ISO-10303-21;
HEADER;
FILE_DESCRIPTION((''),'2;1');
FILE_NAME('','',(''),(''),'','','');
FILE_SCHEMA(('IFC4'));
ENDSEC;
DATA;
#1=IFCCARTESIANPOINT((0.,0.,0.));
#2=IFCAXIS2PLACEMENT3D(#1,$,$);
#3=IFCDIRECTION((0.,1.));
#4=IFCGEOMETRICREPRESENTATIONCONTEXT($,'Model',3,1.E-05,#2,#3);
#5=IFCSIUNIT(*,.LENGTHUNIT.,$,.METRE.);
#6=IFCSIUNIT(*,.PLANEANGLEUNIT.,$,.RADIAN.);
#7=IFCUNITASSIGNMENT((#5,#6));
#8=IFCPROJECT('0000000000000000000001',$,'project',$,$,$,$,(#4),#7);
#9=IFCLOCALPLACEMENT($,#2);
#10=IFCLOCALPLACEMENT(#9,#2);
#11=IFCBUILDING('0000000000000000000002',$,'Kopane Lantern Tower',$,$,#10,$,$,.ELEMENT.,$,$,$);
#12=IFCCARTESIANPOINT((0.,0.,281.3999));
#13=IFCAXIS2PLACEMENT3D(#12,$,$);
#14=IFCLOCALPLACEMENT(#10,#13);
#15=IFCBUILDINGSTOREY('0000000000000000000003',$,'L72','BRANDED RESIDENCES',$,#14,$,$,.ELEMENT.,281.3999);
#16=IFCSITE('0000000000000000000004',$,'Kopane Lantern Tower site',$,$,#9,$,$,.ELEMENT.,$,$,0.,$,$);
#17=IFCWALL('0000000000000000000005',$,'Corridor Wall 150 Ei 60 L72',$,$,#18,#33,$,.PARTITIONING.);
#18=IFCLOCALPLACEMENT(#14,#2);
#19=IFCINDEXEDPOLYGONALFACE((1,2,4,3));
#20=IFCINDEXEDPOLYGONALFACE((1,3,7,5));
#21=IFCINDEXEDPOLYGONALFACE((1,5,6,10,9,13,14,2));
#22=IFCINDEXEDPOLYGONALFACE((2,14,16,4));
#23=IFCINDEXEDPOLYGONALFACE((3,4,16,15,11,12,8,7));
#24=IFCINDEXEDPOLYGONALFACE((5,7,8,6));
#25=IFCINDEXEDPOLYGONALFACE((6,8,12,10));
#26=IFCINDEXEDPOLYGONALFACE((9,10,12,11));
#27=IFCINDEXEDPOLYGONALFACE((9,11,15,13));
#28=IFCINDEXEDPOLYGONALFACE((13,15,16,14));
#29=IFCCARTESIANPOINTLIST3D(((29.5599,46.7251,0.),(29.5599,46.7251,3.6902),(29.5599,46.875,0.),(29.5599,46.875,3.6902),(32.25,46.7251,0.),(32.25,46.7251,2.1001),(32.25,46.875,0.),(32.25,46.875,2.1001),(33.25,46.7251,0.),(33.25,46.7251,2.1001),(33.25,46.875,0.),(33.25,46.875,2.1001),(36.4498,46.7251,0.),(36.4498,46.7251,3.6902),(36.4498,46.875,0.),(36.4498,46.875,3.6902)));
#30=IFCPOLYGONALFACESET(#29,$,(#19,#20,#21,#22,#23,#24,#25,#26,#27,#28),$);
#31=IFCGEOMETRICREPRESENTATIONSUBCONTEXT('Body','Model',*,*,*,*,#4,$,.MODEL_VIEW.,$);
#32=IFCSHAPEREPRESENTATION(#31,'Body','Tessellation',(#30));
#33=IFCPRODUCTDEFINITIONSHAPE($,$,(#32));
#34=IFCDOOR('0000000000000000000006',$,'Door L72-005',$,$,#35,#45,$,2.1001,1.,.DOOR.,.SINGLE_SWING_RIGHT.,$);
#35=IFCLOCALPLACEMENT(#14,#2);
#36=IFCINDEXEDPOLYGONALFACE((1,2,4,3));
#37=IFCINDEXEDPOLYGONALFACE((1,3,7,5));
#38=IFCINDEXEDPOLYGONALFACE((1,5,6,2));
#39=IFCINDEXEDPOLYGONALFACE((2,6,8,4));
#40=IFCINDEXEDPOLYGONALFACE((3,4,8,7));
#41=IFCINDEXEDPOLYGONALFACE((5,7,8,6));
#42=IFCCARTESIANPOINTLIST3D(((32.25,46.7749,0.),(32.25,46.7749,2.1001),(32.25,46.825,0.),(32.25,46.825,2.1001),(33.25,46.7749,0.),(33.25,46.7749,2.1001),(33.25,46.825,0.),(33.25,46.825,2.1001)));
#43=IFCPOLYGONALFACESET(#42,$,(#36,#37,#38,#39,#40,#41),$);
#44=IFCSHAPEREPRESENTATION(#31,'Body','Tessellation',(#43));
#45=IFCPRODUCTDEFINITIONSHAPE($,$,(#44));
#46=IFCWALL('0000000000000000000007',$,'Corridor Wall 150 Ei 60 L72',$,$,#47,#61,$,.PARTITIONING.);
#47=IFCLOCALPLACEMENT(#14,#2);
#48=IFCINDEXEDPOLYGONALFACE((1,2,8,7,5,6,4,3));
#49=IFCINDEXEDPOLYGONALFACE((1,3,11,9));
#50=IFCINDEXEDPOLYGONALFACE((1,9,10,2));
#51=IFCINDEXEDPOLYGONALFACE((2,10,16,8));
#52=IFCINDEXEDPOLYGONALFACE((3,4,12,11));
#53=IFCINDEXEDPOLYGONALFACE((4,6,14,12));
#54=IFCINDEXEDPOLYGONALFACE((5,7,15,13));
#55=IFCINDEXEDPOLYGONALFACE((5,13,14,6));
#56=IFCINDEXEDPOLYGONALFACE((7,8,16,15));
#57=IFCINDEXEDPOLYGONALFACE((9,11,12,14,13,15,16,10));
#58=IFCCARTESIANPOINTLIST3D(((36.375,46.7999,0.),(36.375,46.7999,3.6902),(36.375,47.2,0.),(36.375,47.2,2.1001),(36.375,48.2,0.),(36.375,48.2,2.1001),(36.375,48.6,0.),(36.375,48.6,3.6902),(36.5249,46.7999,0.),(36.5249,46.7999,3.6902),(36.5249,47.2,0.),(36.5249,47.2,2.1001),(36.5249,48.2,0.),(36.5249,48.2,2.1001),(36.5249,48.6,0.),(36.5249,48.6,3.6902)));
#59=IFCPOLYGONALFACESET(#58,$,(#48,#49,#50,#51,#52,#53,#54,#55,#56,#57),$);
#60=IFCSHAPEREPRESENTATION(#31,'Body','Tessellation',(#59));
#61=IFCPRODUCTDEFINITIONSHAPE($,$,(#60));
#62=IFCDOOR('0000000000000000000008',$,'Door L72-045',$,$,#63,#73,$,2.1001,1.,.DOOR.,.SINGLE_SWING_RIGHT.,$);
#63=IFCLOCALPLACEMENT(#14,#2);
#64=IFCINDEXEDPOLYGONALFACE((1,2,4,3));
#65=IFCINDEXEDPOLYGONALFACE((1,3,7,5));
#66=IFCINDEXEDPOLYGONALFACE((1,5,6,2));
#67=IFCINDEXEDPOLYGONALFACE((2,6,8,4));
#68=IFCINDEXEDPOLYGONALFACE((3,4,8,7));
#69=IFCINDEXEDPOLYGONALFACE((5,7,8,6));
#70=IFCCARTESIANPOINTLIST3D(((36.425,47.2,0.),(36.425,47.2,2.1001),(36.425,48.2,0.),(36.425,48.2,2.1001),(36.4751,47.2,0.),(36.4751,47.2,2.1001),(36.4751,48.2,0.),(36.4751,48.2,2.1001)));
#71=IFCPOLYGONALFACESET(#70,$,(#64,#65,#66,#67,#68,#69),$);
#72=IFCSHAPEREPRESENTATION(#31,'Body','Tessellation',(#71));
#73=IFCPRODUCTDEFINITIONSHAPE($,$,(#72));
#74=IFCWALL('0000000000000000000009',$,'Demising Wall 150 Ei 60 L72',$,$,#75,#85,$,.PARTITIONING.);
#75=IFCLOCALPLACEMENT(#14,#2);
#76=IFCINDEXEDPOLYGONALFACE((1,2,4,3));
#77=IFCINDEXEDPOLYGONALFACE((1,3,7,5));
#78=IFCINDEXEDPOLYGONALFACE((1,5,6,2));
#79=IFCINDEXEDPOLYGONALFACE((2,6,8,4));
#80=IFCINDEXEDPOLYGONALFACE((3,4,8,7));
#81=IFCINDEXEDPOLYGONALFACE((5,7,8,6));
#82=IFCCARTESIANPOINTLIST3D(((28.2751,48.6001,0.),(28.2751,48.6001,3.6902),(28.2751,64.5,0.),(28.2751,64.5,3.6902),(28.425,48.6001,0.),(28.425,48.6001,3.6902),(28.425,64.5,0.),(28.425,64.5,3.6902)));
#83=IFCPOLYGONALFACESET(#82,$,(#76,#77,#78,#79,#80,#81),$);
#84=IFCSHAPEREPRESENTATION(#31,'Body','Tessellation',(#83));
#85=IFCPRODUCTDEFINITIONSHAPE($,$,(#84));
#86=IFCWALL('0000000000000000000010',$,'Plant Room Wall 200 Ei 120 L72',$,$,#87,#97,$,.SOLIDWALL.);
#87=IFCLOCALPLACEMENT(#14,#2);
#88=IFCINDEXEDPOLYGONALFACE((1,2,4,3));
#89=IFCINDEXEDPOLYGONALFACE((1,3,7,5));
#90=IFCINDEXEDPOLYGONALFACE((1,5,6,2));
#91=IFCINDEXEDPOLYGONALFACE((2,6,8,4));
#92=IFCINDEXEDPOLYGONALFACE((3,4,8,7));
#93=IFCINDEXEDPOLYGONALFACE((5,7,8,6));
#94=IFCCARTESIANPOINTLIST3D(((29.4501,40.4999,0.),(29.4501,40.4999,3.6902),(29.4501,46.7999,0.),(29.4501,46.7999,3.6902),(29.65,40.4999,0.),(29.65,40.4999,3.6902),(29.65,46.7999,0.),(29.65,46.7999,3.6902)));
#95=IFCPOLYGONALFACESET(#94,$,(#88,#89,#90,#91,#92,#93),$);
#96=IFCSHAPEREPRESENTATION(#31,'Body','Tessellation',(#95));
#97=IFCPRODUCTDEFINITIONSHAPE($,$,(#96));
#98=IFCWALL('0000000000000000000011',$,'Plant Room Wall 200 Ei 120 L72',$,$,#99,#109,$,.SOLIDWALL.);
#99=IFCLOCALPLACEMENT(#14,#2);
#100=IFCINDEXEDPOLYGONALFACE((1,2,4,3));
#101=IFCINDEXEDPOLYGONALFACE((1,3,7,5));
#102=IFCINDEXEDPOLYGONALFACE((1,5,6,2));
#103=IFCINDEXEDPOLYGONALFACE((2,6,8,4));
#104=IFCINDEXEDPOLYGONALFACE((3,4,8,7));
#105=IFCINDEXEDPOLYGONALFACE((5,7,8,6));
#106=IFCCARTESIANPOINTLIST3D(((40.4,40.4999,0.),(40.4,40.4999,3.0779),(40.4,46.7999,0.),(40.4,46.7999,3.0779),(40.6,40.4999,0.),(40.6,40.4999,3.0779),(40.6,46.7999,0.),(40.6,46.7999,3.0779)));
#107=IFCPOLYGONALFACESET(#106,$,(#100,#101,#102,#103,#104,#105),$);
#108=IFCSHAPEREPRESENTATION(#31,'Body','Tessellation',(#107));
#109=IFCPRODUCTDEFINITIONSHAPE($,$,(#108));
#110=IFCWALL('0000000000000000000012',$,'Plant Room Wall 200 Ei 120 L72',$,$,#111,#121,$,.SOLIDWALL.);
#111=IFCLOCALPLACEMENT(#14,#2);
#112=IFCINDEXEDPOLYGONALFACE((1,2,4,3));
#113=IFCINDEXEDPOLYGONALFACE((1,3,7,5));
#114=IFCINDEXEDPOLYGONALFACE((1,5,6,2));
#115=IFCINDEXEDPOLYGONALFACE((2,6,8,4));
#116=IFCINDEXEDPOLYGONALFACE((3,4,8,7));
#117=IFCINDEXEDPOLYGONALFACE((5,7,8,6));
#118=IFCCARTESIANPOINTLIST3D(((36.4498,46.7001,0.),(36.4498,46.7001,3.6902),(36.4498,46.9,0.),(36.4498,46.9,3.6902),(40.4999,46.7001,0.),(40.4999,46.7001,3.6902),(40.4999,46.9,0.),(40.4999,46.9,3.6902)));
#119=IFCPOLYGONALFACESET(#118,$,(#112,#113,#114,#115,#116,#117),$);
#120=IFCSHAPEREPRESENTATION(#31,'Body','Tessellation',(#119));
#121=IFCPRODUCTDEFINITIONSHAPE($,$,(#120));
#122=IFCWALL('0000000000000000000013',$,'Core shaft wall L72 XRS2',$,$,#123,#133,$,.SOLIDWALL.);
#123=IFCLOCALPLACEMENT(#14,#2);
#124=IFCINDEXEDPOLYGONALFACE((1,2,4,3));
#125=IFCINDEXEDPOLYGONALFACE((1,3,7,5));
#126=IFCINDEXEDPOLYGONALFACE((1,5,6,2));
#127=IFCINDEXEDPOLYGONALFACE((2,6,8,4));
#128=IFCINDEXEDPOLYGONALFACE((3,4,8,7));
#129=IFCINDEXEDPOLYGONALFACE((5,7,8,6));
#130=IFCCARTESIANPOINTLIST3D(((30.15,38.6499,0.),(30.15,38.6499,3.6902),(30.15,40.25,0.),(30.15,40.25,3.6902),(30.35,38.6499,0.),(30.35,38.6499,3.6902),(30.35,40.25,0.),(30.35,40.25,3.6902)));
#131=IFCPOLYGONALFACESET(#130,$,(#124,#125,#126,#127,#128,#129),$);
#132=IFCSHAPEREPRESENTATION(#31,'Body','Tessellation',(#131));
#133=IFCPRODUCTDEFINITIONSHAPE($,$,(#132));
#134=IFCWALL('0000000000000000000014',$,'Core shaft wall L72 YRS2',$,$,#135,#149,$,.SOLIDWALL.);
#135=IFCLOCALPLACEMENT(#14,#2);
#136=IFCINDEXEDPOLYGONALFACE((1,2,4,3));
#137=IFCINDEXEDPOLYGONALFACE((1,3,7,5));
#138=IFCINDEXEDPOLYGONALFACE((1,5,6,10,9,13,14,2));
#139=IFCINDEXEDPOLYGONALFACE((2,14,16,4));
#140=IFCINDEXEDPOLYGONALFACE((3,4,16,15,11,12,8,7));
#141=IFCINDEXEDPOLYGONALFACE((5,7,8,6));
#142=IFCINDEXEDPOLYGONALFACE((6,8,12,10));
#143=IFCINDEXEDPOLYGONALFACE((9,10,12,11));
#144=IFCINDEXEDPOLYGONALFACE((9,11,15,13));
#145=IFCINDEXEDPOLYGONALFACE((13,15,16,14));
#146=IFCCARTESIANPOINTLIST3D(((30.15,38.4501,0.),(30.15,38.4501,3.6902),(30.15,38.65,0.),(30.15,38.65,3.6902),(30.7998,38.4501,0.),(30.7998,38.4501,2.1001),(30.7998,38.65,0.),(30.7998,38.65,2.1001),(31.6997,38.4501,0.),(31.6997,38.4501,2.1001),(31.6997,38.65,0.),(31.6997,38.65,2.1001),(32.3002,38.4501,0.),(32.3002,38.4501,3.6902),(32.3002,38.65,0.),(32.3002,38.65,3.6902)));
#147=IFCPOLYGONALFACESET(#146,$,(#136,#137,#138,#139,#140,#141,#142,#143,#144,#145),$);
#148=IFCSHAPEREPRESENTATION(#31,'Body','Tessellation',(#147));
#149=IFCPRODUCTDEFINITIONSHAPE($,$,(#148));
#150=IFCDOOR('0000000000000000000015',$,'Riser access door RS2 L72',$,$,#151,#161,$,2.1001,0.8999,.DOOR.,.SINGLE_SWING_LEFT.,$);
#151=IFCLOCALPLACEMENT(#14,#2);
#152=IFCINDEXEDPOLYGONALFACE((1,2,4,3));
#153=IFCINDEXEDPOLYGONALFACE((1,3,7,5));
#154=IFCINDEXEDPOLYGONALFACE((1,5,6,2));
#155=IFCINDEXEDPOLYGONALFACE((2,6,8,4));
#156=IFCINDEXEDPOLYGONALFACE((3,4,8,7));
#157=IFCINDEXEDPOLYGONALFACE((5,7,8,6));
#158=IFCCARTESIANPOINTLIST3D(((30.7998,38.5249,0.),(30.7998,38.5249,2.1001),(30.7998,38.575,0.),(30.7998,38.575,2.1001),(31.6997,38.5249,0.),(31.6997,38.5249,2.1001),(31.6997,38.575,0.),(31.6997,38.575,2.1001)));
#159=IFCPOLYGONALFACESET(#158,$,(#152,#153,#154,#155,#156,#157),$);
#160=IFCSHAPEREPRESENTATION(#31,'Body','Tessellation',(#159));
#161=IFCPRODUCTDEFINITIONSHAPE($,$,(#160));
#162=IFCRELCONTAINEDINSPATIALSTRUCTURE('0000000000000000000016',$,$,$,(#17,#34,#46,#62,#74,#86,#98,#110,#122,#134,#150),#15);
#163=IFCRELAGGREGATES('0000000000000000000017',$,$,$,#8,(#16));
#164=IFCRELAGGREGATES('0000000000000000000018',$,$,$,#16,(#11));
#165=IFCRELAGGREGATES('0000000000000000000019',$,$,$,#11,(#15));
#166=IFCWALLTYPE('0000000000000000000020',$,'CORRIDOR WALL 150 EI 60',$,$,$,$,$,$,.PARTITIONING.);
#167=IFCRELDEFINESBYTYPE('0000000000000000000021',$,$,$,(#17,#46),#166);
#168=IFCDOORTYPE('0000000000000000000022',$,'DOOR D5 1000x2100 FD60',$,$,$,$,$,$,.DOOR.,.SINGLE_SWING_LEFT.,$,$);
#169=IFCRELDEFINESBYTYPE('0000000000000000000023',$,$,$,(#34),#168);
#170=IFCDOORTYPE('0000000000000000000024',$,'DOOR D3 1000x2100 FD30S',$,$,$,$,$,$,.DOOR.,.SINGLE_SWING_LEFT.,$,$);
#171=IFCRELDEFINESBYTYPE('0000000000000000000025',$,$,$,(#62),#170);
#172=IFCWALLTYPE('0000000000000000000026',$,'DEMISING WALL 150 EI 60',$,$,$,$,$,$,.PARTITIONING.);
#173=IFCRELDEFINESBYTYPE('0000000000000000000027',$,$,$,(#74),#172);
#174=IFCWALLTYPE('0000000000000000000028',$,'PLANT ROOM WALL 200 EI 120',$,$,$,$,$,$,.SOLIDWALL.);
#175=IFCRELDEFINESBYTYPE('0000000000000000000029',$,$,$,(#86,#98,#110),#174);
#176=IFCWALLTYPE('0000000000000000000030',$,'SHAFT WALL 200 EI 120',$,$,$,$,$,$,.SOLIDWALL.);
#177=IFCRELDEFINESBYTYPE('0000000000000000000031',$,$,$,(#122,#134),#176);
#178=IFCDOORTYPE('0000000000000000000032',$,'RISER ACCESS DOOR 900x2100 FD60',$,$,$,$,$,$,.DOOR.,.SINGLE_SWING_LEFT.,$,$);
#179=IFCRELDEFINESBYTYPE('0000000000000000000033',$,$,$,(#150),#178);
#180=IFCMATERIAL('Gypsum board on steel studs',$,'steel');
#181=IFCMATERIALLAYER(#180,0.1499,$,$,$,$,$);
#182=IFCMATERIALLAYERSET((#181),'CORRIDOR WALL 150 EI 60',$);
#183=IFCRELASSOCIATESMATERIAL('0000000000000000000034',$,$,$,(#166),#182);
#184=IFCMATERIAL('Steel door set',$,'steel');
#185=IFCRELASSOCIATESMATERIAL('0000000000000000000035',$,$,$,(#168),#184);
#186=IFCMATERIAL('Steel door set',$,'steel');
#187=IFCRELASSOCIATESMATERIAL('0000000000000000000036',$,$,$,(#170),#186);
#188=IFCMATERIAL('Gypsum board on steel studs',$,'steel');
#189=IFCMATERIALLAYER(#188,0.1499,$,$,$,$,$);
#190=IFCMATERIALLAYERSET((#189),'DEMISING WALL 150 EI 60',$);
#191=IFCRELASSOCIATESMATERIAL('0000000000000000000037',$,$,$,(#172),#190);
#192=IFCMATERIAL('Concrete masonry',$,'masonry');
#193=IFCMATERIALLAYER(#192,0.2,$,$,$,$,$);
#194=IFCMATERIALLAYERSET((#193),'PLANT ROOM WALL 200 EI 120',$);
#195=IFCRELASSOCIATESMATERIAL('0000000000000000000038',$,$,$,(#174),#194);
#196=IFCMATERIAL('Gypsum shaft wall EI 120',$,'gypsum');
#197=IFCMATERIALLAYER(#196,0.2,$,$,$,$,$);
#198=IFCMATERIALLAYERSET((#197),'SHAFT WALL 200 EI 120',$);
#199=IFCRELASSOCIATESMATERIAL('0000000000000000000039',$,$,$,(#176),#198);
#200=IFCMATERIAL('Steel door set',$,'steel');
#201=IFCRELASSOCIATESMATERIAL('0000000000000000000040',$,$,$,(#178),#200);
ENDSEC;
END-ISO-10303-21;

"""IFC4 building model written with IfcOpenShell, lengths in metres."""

from ifc_helpers import new_model, si_unit, direction, frame, frame_2d, origin, place, context, subcontext, project, spatial, rectangle, extrude, material, layer, layer_set, type_object, element, fill, save


model = new_model("IFC4")

# Units and contexts
model_context = context("Model", 3, precision=1e-05, world=origin(), true_north=direction((0.0, 1.0)))
body_context = subcontext(model_context, "Body", "Model", "MODEL_VIEW")
ifc_project = project(units=[si_unit("LENGTHUNIT", "METRE"), si_unit("PLANEANGLEUNIT", "RADIAN")], contexts=[model_context])

# Site, building, storey
site_placement = place(None, origin())
site = spatial("IfcSite", under=ifc_project, at=site_placement, Name="Kopane Lantern Tower site", CompositionType="ELEMENT", RefElevation=0.0)
building_placement = place(site_placement, origin())
building = spatial("IfcBuilding", under=site, at=building_placement, Name="Kopane Lantern Tower", CompositionType="ELEMENT")
storey_placement = place(building_placement, frame((0.0, 0.0, 281.3999)))
storey = spatial("IfcBuildingStorey", under=building, at=storey_placement, Name="L72", Description="BRANDED RESIDENCES", CompositionType="ELEMENT", Elevation=281.3999)

# Walls, openings, doors
ifc_material_1 = material(Name="Gypsum board on steel studs", Category="steel")
ifc_layer_1 = layer(ifc_material_1, 0.1499)
ifc_layer_set_1 = layer_set([ifc_layer_1], Name="CORRIDOR WALL 150 EI 60")
wall_type_1 = type_object("IfcWallType", Name="CORRIDOR WALL 150 EI 60", PredefinedType="PARTITIONING", material=ifc_layer_set_1)
wall_1_placement = place(storey_placement, frame((29.5601, 46.8, 0.0), z_axis=(0.0, 0.0, 1.0), x_axis=(1.0, 0.0, 0.0)))
wall_1 = element("IfcWall", 1, at=wall_1_placement, inside=storey, type_object=wall_type_1, Name="Corridor Wall 150 Ei 60 L72", PredefinedType="PARTITIONING", context=body_context, shape_type="SweptSolid", body=[
    extrude(rectangle(XDim=6.8899, YDim=0.1499, at=frame_2d((3.4448, 0.0))), origin(), (0.0, 0.0, 1.0), 3.6902),
])
opening_1_placement = place(wall_1_placement, frame((2.6899, 0.0, 0.0)))
opening_1 = element("IfcOpeningElement", 2, at=opening_1_placement, cuts=wall_1, PredefinedType="OPENING", context=body_context, shape_type="SweptSolid", body=[
    extrude(rectangle(XDim=1.0, YDim=2.1001, at=frame_2d((0.5, 1.05))), frame((0.0, 0.085, 0.0), z_axis=(0.0, -1.0, 0.0), x_axis=(1.0, 0.0, 0.0)), (0.0, 0.0, 1.0), 0.1699),
])
ifc_material_2 = material(Name="Steel door set", Category="steel")
door_type_1 = type_object("IfcDoorType", Name="DOOR D5 1000x2100 FD60", OperationType="SINGLE_SWING_LEFT", PredefinedType="DOOR", material=ifc_material_2)
door_1_placement = place(opening_1_placement, origin())
door_1 = element("IfcDoor", 3, at=door_1_placement, inside=storey, type_object=door_type_1, Name="Door L72-005", OperationType="SINGLE_SWING_RIGHT", OverallHeight=2.1001, OverallWidth=1.0, PredefinedType="DOOR", context=body_context, shape_type="SweptSolid", body=[
    extrude(rectangle(XDim=1.0, YDim=2.1001, at=frame_2d((0.5, 1.05))), frame((0.0, 0.0249, 0.0), z_axis=(0.0, -1.0, 0.0), x_axis=(1.0, 0.0, 0.0)), (0.0, 0.0, 1.0), 0.05),
])
fill(opening_1, door_1)
wall_2_placement = place(storey_placement, frame((36.45, 46.8, 0.0), z_axis=(0.0, 0.0, 1.0), x_axis=(0.0, 1.0, 0.0)))
wall_2 = element("IfcWall", 4, at=wall_2_placement, inside=storey, type_object=wall_type_1, Name="Corridor Wall 150 Ei 60 L72", PredefinedType="PARTITIONING", context=body_context, shape_type="SweptSolid", body=[
    extrude(rectangle(XDim=1.8, YDim=0.1499, at=frame_2d((0.8999, 0.0))), origin(), (0.0, 0.0, 1.0), 3.6902),
])
opening_2_placement = place(wall_2_placement, frame((0.3999, 0.0, 0.0)))
opening_2 = element("IfcOpeningElement", 5, at=opening_2_placement, cuts=wall_2, PredefinedType="OPENING", context=body_context, shape_type="SweptSolid", body=[
    extrude(rectangle(XDim=1.0, YDim=2.1001, at=frame_2d((0.5, 1.05))), frame((0.0, 0.085, 0.0), z_axis=(0.0, -1.0, 0.0), x_axis=(1.0, 0.0, 0.0)), (0.0, 0.0, 1.0), 0.1699),
])
ifc_material_3 = material(Name="Steel door set", Category="steel")
door_type_2 = type_object("IfcDoorType", Name="DOOR D3 1000x2100 FD30S", OperationType="SINGLE_SWING_LEFT", PredefinedType="DOOR", material=ifc_material_3)
door_2_placement = place(opening_2_placement, origin())
door_2 = element("IfcDoor", 6, at=door_2_placement, inside=storey, type_object=door_type_2, Name="Door L72-045", OperationType="SINGLE_SWING_RIGHT", OverallHeight=2.1001, OverallWidth=1.0, PredefinedType="DOOR", context=body_context, shape_type="SweptSolid", body=[
    extrude(rectangle(XDim=1.0, YDim=2.1001, at=frame_2d((0.5, 1.05))), frame((0.0, 0.0249, 0.0), z_axis=(0.0, -1.0, 0.0), x_axis=(1.0, 0.0, 0.0)), (0.0, 0.0, 1.0), 0.05),
])
fill(opening_2, door_2)

# Walls
ifc_material_4 = material(Name="Gypsum board on steel studs", Category="steel")
ifc_layer_2 = layer(ifc_material_4, 0.1499)
ifc_layer_set_2 = layer_set([ifc_layer_2], Name="DEMISING WALL 150 EI 60")
wall_type_2 = type_object("IfcWallType", Name="DEMISING WALL 150 EI 60", PredefinedType="PARTITIONING", material=ifc_layer_set_2)
wall_3_placement = place(storey_placement, frame((28.3501, 48.6001, 0.0), z_axis=(0.0, 0.0, 1.0), x_axis=(0.0, 1.0, 0.0)))
element("IfcWall", 7, at=wall_3_placement, inside=storey, type_object=wall_type_2, Name="Demising Wall 150 Ei 60 L72", PredefinedType="PARTITIONING", context=body_context, shape_type="SweptSolid", body=[
    extrude(rectangle(XDim=15.8999, YDim=0.1499, at=frame_2d((7.95, 0.0))), origin(), (0.0, 0.0, 1.0), 3.6902),
])
ifc_material_5 = material(Name="Concrete masonry", Category="masonry")
ifc_layer_3 = layer(ifc_material_5, 0.2)
ifc_layer_set_3 = layer_set([ifc_layer_3], Name="PLANT ROOM WALL 200 EI 120")
wall_type_3 = type_object("IfcWallType", Name="PLANT ROOM WALL 200 EI 120", PredefinedType="SOLIDWALL", material=ifc_layer_set_3)
wall_4_placement = place(storey_placement, frame((29.55, 40.5, 0.0), z_axis=(0.0, 0.0, 1.0), x_axis=(0.0, 1.0, 0.0)))
element("IfcWall", 8, at=wall_4_placement, inside=storey, type_object=wall_type_3, Name="Plant Room Wall 200 Ei 120 L72", PredefinedType="SOLIDWALL", context=body_context, shape_type="SweptSolid", body=[
    extrude(rectangle(XDim=6.3, YDim=0.2, at=frame_2d((3.1499, 0.0))), origin(), (0.0, 0.0, 1.0), 3.6902),
])
wall_5_placement = place(storey_placement, frame((40.5, 40.5, 0.0), z_axis=(0.0, 0.0, 1.0), x_axis=(0.0, 1.0, 0.0)))
element("IfcWall", 9, at=wall_5_placement, inside=storey, type_object=wall_type_3, Name="Plant Room Wall 200 Ei 120 L72", PredefinedType="SOLIDWALL", context=body_context, shape_type="SweptSolid", body=[
    extrude(rectangle(XDim=6.3, YDim=0.2, at=frame_2d((3.1499, 0.0))), origin(), (0.0, 0.0, 1.0), 3.0779),
])
wall_6_placement = place(storey_placement, frame((36.45, 46.8, 0.0), z_axis=(0.0, 0.0, 1.0), x_axis=(1.0, 0.0, 0.0)))
element("IfcWall", 10, at=wall_6_placement, inside=storey, type_object=wall_type_3, Name="Plant Room Wall 200 Ei 120 L72", PredefinedType="SOLIDWALL", context=body_context, shape_type="SweptSolid", body=[
    extrude(rectangle(XDim=4.05, YDim=0.2, at=frame_2d((2.0249, 0.0))), origin(), (0.0, 0.0, 1.0), 3.6902),
])
ifc_material_6 = material(Name="Gypsum shaft wall EI 120", Category="gypsum")
ifc_layer_4 = layer(ifc_material_6, 0.2)
ifc_layer_set_4 = layer_set([ifc_layer_4], Name="SHAFT WALL 200 EI 120")
wall_type_4 = type_object("IfcWallType", Name="SHAFT WALL 200 EI 120", PredefinedType="SOLIDWALL", material=ifc_layer_set_4)
wall_7_placement = place(storey_placement, frame((30.25, 38.6499, 0.0), z_axis=(0.0, 0.0, 1.0), x_axis=(0.0, 1.0, 0.0)))
element("IfcWall", 11, at=wall_7_placement, inside=storey, type_object=wall_type_4, Name="Core shaft wall L72 XRS2", PredefinedType="SOLIDWALL", context=body_context, shape_type="SweptSolid", body=[
    extrude(rectangle(XDim=1.6001, YDim=0.2, at=frame_2d((0.8, 0.0))), origin(), (0.0, 0.0, 1.0), 3.6902),
])

# Wall, opening, door
wall_8_placement = place(storey_placement, frame((30.1499, 38.55, 0.0), z_axis=(0.0, 0.0, 1.0), x_axis=(1.0, 0.0, 0.0)))
wall_8 = element("IfcWall", 12, at=wall_8_placement, inside=storey, type_object=wall_type_4, Name="Core shaft wall L72 YRS2", PredefinedType="SOLIDWALL", context=body_context, shape_type="SweptSolid", body=[
    extrude(rectangle(XDim=2.1501, YDim=0.2, at=frame_2d((1.0752, 0.0))), origin(), (0.0, 0.0, 1.0), 3.6902),
])
opening_3_placement = place(wall_8_placement, frame((0.6499, 0.0, 0.0)))
opening_3 = element("IfcOpeningElement", 13, at=opening_3_placement, cuts=wall_8, PredefinedType="OPENING", context=body_context, shape_type="SweptSolid", body=[
    extrude(rectangle(XDim=0.8999, YDim=2.1001, at=frame_2d((0.45, 1.05))), frame((0.0, 0.1099, 0.0), z_axis=(0.0, -1.0, 0.0), x_axis=(1.0, 0.0, 0.0)), (0.0, 0.0, 1.0), 0.22),
])
ifc_material_7 = material(Name="Steel door set", Category="steel")
door_type_3 = type_object("IfcDoorType", Name="RISER ACCESS DOOR 900x2100 FD60", OperationType="SINGLE_SWING_LEFT", PredefinedType="DOOR", material=ifc_material_7)
door_3_placement = place(opening_3_placement, origin())
door_3 = element("IfcDoor", 14, at=door_3_placement, inside=storey, type_object=door_type_3, Name="Riser access door RS2 L72", OperationType="SINGLE_SWING_LEFT", OverallHeight=2.1001, OverallWidth=0.8999, PredefinedType="DOOR", context=body_context, shape_type="SweptSolid", body=[
    extrude(rectangle(XDim=0.8999, YDim=2.1001, at=frame_2d((0.45, 1.05))), frame((0.0, 0.0249, 0.0), z_axis=(0.0, -1.0, 0.0), x_axis=(1.0, 0.0, 0.0)), (0.0, 0.0, 1.0), 0.05),
])
fill(opening_3, door_3)

save(model, "model.ifc")
